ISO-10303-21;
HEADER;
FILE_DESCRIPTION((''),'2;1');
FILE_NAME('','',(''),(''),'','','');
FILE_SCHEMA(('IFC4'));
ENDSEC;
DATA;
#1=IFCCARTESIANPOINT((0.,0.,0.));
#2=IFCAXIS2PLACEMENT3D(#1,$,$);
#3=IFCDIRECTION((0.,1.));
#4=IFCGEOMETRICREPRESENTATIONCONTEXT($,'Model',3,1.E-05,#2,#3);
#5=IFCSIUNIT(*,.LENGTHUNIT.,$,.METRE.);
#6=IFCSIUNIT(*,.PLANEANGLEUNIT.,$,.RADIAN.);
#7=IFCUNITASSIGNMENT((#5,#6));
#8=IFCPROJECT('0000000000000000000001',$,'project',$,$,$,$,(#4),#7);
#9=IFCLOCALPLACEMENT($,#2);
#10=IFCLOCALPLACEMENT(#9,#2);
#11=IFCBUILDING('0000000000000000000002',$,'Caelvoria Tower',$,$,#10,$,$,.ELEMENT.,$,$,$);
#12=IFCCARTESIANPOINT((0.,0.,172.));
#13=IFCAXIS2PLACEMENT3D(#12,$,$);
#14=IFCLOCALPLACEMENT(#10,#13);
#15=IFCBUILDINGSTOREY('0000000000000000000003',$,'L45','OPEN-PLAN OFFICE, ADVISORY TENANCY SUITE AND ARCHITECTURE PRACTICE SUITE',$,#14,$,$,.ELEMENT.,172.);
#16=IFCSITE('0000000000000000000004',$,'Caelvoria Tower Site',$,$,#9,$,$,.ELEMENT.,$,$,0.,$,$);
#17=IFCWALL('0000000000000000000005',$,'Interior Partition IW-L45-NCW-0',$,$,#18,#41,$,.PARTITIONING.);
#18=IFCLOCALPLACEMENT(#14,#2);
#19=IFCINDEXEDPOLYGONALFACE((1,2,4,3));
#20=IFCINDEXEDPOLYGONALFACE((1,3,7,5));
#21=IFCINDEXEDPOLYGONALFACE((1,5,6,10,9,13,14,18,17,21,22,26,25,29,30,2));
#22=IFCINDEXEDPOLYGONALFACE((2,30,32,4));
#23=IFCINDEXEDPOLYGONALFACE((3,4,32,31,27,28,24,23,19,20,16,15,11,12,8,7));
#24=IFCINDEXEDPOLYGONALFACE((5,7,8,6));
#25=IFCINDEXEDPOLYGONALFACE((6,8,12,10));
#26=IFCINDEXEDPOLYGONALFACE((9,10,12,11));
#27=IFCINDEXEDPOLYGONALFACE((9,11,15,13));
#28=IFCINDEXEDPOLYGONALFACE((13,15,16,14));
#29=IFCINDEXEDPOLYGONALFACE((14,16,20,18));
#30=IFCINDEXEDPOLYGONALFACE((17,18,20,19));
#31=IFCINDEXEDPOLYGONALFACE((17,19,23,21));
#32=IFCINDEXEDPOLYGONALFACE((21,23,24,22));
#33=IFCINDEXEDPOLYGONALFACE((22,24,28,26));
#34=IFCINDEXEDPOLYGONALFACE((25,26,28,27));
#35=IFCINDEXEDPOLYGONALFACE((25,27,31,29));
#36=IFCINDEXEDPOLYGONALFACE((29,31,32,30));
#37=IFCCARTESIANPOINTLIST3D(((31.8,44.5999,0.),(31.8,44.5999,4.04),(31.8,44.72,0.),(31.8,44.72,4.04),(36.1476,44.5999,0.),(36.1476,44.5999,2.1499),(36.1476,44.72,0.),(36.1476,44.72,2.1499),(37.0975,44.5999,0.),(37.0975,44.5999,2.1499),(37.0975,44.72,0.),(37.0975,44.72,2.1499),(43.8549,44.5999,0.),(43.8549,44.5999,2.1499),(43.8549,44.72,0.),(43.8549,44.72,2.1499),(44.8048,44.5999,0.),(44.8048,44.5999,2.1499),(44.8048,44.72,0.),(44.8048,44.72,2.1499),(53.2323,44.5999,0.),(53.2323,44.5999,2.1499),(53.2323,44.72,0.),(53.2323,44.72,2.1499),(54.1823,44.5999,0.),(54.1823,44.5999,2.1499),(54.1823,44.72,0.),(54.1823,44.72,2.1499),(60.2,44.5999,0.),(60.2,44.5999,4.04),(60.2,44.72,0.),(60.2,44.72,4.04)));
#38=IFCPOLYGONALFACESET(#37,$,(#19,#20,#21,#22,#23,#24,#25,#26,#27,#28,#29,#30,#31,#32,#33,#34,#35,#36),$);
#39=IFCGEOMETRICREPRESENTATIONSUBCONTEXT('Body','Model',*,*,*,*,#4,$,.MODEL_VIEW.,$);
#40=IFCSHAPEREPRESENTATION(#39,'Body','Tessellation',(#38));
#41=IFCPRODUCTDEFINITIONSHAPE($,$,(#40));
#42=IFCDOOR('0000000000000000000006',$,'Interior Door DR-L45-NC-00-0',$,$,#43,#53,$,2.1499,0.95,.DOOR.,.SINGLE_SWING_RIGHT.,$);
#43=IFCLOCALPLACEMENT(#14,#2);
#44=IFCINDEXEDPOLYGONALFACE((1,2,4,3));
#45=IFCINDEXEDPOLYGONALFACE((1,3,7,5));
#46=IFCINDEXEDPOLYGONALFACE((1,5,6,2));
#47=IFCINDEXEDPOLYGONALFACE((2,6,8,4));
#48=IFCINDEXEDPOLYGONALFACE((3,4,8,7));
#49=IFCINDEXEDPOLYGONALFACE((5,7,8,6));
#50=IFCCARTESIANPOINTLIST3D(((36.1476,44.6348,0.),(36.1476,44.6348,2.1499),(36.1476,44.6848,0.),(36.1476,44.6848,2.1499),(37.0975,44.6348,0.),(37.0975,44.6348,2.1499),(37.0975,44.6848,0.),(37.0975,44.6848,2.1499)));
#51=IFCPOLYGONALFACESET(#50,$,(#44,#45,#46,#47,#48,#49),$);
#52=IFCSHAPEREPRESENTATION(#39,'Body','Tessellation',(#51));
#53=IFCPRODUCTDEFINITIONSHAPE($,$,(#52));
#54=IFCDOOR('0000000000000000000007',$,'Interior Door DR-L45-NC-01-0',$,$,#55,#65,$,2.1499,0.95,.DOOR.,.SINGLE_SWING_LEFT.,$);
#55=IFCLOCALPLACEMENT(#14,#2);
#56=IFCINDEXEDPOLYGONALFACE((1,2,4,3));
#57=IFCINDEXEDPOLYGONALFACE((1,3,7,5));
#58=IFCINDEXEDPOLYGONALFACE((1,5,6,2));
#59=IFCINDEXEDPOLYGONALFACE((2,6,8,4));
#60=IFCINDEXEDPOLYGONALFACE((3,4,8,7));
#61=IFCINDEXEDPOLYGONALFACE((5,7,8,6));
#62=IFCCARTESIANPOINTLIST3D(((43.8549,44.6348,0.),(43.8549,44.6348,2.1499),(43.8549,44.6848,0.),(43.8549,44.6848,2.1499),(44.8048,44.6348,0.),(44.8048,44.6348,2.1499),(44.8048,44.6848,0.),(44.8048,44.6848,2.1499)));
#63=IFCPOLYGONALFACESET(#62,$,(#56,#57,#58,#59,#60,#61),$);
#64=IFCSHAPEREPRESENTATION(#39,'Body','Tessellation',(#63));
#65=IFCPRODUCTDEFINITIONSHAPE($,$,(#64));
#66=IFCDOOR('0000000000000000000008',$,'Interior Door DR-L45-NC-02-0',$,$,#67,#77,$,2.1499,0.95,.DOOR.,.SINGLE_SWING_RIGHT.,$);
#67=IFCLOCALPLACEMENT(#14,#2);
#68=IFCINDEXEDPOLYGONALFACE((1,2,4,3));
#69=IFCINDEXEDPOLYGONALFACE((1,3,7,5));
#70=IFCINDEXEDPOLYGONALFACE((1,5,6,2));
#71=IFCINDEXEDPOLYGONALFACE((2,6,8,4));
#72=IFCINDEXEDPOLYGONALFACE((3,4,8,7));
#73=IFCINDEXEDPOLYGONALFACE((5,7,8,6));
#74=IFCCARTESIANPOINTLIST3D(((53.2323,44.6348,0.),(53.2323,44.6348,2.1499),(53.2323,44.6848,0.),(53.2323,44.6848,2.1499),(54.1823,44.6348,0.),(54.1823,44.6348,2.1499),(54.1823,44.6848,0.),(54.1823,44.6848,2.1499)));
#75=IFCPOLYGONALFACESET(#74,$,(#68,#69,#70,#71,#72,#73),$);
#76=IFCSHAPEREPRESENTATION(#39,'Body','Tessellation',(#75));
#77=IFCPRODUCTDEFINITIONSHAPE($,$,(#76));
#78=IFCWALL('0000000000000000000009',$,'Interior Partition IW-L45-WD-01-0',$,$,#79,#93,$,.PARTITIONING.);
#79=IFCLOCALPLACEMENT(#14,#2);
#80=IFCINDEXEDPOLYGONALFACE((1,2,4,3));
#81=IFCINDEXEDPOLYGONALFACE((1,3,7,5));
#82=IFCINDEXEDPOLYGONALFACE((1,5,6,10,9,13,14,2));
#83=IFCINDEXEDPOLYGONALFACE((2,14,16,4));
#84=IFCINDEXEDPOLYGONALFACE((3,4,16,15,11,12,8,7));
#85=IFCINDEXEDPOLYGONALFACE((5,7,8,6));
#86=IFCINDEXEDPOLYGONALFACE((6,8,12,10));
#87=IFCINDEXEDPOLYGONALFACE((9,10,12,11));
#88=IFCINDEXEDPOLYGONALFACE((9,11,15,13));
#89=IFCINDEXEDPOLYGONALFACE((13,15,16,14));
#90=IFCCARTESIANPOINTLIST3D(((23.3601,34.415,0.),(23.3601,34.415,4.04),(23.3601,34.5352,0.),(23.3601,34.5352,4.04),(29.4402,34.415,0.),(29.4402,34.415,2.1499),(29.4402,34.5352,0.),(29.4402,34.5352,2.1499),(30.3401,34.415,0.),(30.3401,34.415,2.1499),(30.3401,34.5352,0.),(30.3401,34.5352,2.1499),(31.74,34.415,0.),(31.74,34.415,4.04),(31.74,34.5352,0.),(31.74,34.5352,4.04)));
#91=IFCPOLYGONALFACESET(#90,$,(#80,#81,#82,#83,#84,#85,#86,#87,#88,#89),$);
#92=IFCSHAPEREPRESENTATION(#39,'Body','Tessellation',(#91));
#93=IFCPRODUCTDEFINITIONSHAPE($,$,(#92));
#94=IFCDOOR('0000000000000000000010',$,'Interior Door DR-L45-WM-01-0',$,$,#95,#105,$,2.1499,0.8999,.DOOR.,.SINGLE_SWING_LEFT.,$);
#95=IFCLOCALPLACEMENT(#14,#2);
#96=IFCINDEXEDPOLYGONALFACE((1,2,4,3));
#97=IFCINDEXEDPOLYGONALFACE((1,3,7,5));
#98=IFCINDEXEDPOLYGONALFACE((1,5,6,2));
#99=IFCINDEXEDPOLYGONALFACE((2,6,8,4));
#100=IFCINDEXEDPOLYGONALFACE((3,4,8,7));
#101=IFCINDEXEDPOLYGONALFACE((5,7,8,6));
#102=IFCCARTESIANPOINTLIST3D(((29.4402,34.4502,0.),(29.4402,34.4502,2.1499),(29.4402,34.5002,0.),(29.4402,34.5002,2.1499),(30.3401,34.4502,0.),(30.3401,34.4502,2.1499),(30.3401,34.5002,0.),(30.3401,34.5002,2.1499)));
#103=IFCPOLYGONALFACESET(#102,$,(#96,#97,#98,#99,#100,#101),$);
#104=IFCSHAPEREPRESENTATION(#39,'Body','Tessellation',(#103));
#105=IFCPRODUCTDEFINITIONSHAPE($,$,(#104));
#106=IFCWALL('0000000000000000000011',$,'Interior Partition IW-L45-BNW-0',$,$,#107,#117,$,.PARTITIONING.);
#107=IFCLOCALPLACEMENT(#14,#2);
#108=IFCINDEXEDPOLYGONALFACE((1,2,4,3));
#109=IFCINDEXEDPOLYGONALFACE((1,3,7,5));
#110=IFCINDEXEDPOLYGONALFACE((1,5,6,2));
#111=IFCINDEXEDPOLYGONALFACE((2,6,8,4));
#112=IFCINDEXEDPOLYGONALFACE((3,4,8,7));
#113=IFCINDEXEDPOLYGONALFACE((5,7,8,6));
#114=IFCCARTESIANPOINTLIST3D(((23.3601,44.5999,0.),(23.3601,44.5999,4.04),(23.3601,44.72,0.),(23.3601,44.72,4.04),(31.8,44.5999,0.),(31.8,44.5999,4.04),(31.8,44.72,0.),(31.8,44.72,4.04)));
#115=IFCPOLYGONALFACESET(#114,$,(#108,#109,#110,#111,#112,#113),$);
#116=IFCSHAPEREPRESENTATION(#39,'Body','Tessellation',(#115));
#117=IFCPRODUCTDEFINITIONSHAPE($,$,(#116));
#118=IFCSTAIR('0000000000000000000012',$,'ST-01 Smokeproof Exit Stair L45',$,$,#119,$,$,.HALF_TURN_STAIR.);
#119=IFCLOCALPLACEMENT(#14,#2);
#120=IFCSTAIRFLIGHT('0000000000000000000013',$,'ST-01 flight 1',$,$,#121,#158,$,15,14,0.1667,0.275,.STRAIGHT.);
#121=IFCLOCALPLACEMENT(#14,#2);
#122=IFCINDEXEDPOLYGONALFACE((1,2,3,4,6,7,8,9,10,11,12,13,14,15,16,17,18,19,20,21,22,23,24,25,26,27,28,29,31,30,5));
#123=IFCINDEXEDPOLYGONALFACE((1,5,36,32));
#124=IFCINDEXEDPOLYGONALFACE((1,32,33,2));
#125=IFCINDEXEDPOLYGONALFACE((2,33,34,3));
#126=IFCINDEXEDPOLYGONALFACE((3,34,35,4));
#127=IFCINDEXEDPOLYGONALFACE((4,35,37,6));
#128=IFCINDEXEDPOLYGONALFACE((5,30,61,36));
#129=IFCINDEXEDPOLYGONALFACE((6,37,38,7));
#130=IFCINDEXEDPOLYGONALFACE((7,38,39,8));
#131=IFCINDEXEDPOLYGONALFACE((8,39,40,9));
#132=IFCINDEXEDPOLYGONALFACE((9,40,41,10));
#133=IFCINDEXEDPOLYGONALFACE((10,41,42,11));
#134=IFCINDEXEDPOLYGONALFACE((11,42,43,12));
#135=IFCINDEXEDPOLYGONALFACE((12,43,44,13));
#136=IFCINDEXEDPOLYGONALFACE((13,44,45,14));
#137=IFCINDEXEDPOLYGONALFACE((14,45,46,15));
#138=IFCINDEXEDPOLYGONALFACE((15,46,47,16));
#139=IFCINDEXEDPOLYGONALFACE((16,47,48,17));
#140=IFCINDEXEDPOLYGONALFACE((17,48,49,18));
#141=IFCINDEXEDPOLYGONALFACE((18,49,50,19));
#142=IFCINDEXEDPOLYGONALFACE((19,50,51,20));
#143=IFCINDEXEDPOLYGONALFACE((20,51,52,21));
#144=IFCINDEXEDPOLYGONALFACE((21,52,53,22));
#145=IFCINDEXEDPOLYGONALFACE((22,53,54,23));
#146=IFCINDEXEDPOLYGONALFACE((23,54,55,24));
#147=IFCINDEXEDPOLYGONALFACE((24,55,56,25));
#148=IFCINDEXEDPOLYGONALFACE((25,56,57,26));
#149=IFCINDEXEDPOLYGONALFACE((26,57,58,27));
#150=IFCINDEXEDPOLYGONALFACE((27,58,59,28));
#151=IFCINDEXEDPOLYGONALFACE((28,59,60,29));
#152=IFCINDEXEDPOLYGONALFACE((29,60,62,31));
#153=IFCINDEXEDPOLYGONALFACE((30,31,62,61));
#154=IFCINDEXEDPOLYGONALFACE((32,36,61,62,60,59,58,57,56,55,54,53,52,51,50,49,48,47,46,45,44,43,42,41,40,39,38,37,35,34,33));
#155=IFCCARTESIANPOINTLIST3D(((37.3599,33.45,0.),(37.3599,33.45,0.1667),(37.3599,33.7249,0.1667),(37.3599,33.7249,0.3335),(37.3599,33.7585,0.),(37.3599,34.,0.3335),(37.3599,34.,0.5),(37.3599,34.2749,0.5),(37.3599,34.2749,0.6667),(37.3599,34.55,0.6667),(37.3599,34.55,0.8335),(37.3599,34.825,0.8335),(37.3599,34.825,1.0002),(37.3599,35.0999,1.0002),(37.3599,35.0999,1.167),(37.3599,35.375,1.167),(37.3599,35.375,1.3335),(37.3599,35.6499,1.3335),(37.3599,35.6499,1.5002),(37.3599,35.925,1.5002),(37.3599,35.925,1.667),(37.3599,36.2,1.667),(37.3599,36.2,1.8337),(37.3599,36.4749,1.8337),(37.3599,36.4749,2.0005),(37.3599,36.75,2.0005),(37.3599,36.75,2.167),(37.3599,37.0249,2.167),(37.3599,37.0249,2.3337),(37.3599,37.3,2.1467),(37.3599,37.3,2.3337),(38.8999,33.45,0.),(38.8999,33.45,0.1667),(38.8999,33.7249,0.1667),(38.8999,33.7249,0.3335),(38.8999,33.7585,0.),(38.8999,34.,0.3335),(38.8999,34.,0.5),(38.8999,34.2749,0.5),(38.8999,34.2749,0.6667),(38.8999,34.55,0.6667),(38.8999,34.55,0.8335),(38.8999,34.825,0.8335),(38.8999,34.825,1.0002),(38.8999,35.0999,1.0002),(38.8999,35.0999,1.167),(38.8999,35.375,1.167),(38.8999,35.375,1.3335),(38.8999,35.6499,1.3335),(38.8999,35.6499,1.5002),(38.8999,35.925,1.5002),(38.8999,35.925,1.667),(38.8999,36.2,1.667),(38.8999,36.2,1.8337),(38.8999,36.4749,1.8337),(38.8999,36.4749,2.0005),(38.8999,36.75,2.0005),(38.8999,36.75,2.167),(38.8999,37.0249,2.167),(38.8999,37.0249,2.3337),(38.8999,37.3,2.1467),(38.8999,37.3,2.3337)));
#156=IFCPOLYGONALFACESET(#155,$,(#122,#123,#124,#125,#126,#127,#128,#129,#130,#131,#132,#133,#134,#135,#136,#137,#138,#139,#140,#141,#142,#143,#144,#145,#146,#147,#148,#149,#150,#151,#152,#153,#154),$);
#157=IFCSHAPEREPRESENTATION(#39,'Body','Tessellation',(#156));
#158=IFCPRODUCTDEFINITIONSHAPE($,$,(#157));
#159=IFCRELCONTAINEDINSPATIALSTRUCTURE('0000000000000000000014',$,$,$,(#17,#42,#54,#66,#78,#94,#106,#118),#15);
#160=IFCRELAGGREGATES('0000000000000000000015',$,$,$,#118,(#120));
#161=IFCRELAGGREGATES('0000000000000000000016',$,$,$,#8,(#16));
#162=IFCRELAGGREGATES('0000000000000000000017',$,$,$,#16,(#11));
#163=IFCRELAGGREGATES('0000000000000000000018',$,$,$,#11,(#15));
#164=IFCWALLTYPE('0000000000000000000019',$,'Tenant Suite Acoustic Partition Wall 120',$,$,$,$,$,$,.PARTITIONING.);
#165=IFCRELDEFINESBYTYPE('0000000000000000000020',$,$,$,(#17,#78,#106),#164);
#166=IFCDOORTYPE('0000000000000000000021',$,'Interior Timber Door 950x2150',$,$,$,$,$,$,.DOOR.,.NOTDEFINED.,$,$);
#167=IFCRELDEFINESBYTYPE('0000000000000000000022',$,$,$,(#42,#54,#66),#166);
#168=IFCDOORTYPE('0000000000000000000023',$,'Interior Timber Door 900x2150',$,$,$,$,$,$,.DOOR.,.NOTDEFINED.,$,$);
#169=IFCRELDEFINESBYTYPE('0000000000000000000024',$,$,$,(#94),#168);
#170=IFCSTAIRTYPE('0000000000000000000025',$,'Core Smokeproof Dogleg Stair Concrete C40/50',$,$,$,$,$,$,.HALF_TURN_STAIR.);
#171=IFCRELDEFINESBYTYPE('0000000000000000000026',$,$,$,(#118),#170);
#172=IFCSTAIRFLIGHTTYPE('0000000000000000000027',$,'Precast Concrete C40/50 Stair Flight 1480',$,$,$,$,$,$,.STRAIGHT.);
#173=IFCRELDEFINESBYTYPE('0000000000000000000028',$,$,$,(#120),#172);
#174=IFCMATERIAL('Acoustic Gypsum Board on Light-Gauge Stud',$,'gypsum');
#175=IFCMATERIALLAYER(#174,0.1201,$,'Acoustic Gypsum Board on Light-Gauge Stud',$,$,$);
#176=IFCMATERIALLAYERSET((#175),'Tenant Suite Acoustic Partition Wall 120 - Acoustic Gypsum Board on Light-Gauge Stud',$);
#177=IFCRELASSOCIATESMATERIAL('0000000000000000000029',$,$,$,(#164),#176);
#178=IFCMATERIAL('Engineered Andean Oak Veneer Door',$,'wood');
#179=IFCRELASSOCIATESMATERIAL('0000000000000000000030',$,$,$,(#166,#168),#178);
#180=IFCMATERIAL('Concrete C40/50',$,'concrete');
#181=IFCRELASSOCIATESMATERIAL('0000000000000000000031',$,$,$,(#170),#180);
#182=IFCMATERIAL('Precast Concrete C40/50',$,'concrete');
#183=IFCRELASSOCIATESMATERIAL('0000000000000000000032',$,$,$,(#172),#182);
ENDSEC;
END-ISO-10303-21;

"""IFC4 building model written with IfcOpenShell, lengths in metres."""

from ifc_helpers import new_model, si_unit, direction, frame, frame_2d, origin, place, context, subcontext, project, spatial, polyline, rectangle, outline, extrude, material, layer, layer_set, type_object, element, fill, aggregate, save


model = new_model("IFC4")

# Units and contexts
model_context = context("Model", 3, precision=1e-05, world=origin(), true_north=direction((0.0, 1.0)))
body_context = subcontext(model_context, "Body", "Model", "MODEL_VIEW")
ifc_project = project(units=[si_unit("LENGTHUNIT", "METRE"), si_unit("PLANEANGLEUNIT", "RADIAN")], contexts=[model_context])

# Site, building, storey
site_placement = place(None, origin())
site = spatial("IfcSite", under=ifc_project, at=site_placement, Name="Caelvoria Tower Site", CompositionType="ELEMENT", RefElevation=0.0)
building_placement = place(site_placement, origin())
building = spatial("IfcBuilding", under=site, at=building_placement, Name="Caelvoria Tower", CompositionType="ELEMENT")
storey_placement = place(building_placement, frame((0.0, 0.0, 172.0)))
storey = spatial("IfcBuildingStorey", under=building, at=storey_placement, Name="L45", Description="OPEN-PLAN OFFICE, ADVISORY TENANCY SUITE AND ARCHITECTURE PRACTICE SUITE", CompositionType="ELEMENT", Elevation=172.0)

# Wall, openings, doors
ifc_material_1 = material(Name="Acoustic Gypsum Board on Light-Gauge Stud", Category="gypsum")
ifc_layer_1 = layer(ifc_material_1, 0.1201, Name="Acoustic Gypsum Board on Light-Gauge Stud")
ifc_layer_set_1 = layer_set([ifc_layer_1], Name="Tenant Suite Acoustic Partition Wall 120 - Acoustic Gypsum Board on Light-Gauge Stud")
wall_type_1 = type_object("IfcWallType", Name="Tenant Suite Acoustic Partition Wall 120", PredefinedType="PARTITIONING", material=ifc_layer_set_1)
wall_1_placement = place(storey_placement, frame((31.8, 44.6599, 0.0), z_axis=(0.0, 0.0, 1.0), x_axis=(1.0, 0.0, 0.0)))
wall_1 = element("IfcWall", 1, at=wall_1_placement, inside=storey, type_object=wall_type_1, Name="Interior Partition IW-L45-NCW-0", PredefinedType="PARTITIONING", context=body_context, shape_type="SweptSolid", body=[
    extrude(rectangle(XDim=28.3999, YDim=0.1201, at=frame_2d((14.2, 0.0))), origin(), (0.0, 0.0, 1.0), 4.04),
])
opening_1_placement = place(wall_1_placement, frame((4.3474, 0.0, 0.0)))
opening_1 = element("IfcOpeningElement", 2, at=opening_1_placement, cuts=wall_1, PredefinedType="OPENING", context=body_context, shape_type="SweptSolid", body=[
    extrude(rectangle(XDim=0.95, YDim=2.1499, at=frame_2d((0.4751, 1.075))), frame((0.0, 0.0701, 0.0), z_axis=(0.0, -1.0, 0.0), x_axis=(1.0, 0.0, 0.0)), (0.0, 0.0, 1.0), 0.1401),
])
opening_2_placement = place(wall_1_placement, frame((12.0547, 0.0, 0.0)))
opening_2 = element("IfcOpeningElement", 3, at=opening_2_placement, cuts=wall_1, PredefinedType="OPENING", context=body_context, shape_type="SweptSolid", body=[
    extrude(rectangle(XDim=0.95, YDim=2.1499, at=frame_2d((0.4751, 1.075))), frame((0.0, 0.0701, 0.0), z_axis=(0.0, -1.0, 0.0), x_axis=(1.0, 0.0, 0.0)), (0.0, 0.0, 1.0), 0.1401),
])
opening_3_placement = place(wall_1_placement, frame((21.4321, 0.0, 0.0)))
opening_3 = element("IfcOpeningElement", 4, at=opening_3_placement, cuts=wall_1, PredefinedType="OPENING", context=body_context, shape_type="SweptSolid", body=[
    extrude(rectangle(XDim=0.95, YDim=2.1499, at=frame_2d((0.4751, 1.075))), frame((0.0, 0.0701, 0.0), z_axis=(0.0, -1.0, 0.0), x_axis=(1.0, 0.0, 0.0)), (0.0, 0.0, 1.0), 0.1401),
])
ifc_material_2 = material(Name="Engineered Andean Oak Veneer Door", Category="wood")
door_type_1 = type_object("IfcDoorType", Name="Interior Timber Door 950x2150", OperationType="NOTDEFINED", PredefinedType="DOOR", material=ifc_material_2)
door_1_placement = place(opening_1_placement, origin())
door_1 = element("IfcDoor", 5, at=door_1_placement, inside=storey, type_object=door_type_1, Name="Interior Door DR-L45-NC-00-0", OperationType="SINGLE_SWING_RIGHT", OverallHeight=2.1499, OverallWidth=0.95, PredefinedType="DOOR", context=body_context, shape_type="SweptSolid", body=[
    extrude(rectangle(XDim=0.95, YDim=2.1499, at=frame_2d((0.4751, 1.075))), frame((0.0, 0.0249, 0.0), z_axis=(0.0, -1.0, 0.0), x_axis=(1.0, 0.0, 0.0)), (0.0, 0.0, 1.0), 0.05),
])
fill(opening_1, door_1)
door_2_placement = place(opening_2_placement, origin())
door_2 = element("IfcDoor", 6, at=door_2_placement, inside=storey, type_object=door_type_1, Name="Interior Door DR-L45-NC-01-0", OperationType="SINGLE_SWING_LEFT", OverallHeight=2.1499, OverallWidth=0.95, PredefinedType="DOOR", context=body_context, shape_type="SweptSolid", body=[
    extrude(rectangle(XDim=0.95, YDim=2.1499, at=frame_2d((0.4751, 1.075))), frame((0.0, 0.0249, 0.0), z_axis=(0.0, -1.0, 0.0), x_axis=(1.0, 0.0, 0.0)), (0.0, 0.0, 1.0), 0.05),
])
fill(opening_2, door_2)
door_3_placement = place(opening_3_placement, origin())
door_3 = element("IfcDoor", 7, at=door_3_placement, inside=storey, type_object=door_type_1, Name="Interior Door DR-L45-NC-02-0", OperationType="SINGLE_SWING_RIGHT", OverallHeight=2.1499, OverallWidth=0.95, PredefinedType="DOOR", context=body_context, shape_type="SweptSolid", body=[
    extrude(rectangle(XDim=0.95, YDim=2.1499, at=frame_2d((0.4751, 1.075))), frame((0.0, 0.0249, 0.0), z_axis=(0.0, -1.0, 0.0), x_axis=(1.0, 0.0, 0.0)), (0.0, 0.0, 1.0), 0.05),
])
fill(opening_3, door_3)

# Wall, opening, door
wall_2_placement = place(storey_placement, frame((31.74, 34.4751, 0.0), z_axis=(0.0, 0.0, 1.0), x_axis=(-1.0, 0.0, 0.0)))
wall_2 = element("IfcWall", 8, at=wall_2_placement, inside=storey, type_object=wall_type_1, Name="Interior Partition IW-L45-WD-01-0", PredefinedType="PARTITIONING", context=body_context, shape_type="SweptSolid", body=[
    extrude(rectangle(XDim=8.3799, YDim=0.1201, at=frame_2d((4.1899, 0.0))), origin(), (0.0, 0.0, 1.0), 4.04),
])
opening_4_placement = place(wall_2_placement, frame((1.3999, 0.0, 0.0)))
opening_4 = element("IfcOpeningElement", 9, at=opening_4_placement, cuts=wall_2, PredefinedType="OPENING", context=body_context, shape_type="SweptSolid", body=[
    extrude(rectangle(XDim=0.8999, YDim=2.1499, at=frame_2d((0.45, 1.075))), frame((0.0, 0.0701, 0.0), z_axis=(0.0, -1.0, 0.0), x_axis=(1.0, 0.0, 0.0)), (0.0, 0.0, 1.0), 0.1401),
])
door_type_2 = type_object("IfcDoorType", Name="Interior Timber Door 900x2150", OperationType="NOTDEFINED", PredefinedType="DOOR", material=ifc_material_2)
door_4_placement = place(opening_4_placement, origin())
door_4 = element("IfcDoor", 10, at=door_4_placement, inside=storey, type_object=door_type_2, Name="Interior Door DR-L45-WM-01-0", OperationType="SINGLE_SWING_LEFT", OverallHeight=2.1499, OverallWidth=0.8999, PredefinedType="DOOR", context=body_context, shape_type="SweptSolid", body=[
    extrude(rectangle(XDim=0.8999, YDim=2.1499, at=frame_2d((0.45, 1.075))), frame((0.0, 0.0249, 0.0), z_axis=(0.0, -1.0, 0.0), x_axis=(1.0, 0.0, 0.0)), (0.0, 0.0, 1.0), 0.05),
])
fill(opening_4, door_4)

# Wall
wall_3_placement = place(storey_placement, frame((31.8, 44.6599, 0.0), z_axis=(0.0, 0.0, 1.0), x_axis=(-1.0, 0.0, 0.0)))
element("IfcWall", 11, at=wall_3_placement, inside=storey, type_object=wall_type_1, Name="Interior Partition IW-L45-BNW-0", PredefinedType="PARTITIONING", context=body_context, shape_type="SweptSolid", body=[
    extrude(rectangle(XDim=8.4399, YDim=0.1201, at=frame_2d((4.22, 0.0))), origin(), (0.0, 0.0, 1.0), 4.04),
])

# Stair, stair flight
ifc_material_3 = material(Name="Concrete C40/50", Category="concrete")
stair_type = type_object("IfcStairType", Name="Core Smokeproof Dogleg Stair Concrete C40/50", PredefinedType="HALF_TURN_STAIR", material=ifc_material_3)
stair_placement = place(storey_placement, origin())
stair = element("IfcStair", 12, at=stair_placement, inside=storey, type_object=stair_type, Name="ST-01 Smokeproof Exit Stair L45", PredefinedType="HALF_TURN_STAIR")
ifc_material_4 = material(Name="Precast Concrete C40/50", Category="concrete")
stair_flight_type = type_object("IfcStairFlightType", Name="Precast Concrete C40/50 Stair Flight 1480", PredefinedType="STRAIGHT", material=ifc_material_4)
stair_flight_1_placement = place(storey_placement, frame((38.1299, 33.45, 0.0), z_axis=(0.0, 0.0, 1.0), x_axis=(0.0, 1.0, 0.0)))
stair_flight_1 = element("IfcStairFlight", 13, at=stair_flight_1_placement, type_object=stair_flight_type, Name="ST-01 flight 1", NumberOfRisers=15, NumberOfTreads=14, PredefinedType="STRAIGHT", RiserHeight=0.1667, TreadLength=0.275, context=body_context, shape_type="SweptSolid", body=[
    extrude(outline(polyline([(0.0, 0.0), (0.0, 0.1667), (0.2749, 0.1667), (0.2749, 0.3335), (0.55, 0.3335), (0.55, 0.5), (0.825, 0.5), (0.825, 0.6667), (1.1001, 0.6667), (1.1001, 0.8335), (1.375, 0.8335), (1.375, 1.0002), (1.6499, 1.0002), (1.6499, 1.167), (1.925, 1.167), (1.925, 1.3335), (2.2, 1.3335), (2.2, 1.5002), (2.4751, 1.5002), (2.4751, 1.667), (2.75, 1.667), (2.75, 1.8337), (3.0249, 1.8337), (3.0249, 2.0005), (3.3, 2.0005), (3.3, 2.167), (3.575, 2.167), (3.575, 2.3337), (3.8501, 2.3337), (3.8501, 2.5005), (3.8501, 2.1467), (0.3086, 0.0), (0.0, 0.0)])), frame((0.0, 0.77, 0.0), z_axis=(0.0, -1.0, 0.0), x_axis=(1.0, 0.0, 0.0)), (0.0, 0.0, 1.0), 1.54),
])
aggregate(stair, [stair_flight_1])

save(model, "model.ifc")
